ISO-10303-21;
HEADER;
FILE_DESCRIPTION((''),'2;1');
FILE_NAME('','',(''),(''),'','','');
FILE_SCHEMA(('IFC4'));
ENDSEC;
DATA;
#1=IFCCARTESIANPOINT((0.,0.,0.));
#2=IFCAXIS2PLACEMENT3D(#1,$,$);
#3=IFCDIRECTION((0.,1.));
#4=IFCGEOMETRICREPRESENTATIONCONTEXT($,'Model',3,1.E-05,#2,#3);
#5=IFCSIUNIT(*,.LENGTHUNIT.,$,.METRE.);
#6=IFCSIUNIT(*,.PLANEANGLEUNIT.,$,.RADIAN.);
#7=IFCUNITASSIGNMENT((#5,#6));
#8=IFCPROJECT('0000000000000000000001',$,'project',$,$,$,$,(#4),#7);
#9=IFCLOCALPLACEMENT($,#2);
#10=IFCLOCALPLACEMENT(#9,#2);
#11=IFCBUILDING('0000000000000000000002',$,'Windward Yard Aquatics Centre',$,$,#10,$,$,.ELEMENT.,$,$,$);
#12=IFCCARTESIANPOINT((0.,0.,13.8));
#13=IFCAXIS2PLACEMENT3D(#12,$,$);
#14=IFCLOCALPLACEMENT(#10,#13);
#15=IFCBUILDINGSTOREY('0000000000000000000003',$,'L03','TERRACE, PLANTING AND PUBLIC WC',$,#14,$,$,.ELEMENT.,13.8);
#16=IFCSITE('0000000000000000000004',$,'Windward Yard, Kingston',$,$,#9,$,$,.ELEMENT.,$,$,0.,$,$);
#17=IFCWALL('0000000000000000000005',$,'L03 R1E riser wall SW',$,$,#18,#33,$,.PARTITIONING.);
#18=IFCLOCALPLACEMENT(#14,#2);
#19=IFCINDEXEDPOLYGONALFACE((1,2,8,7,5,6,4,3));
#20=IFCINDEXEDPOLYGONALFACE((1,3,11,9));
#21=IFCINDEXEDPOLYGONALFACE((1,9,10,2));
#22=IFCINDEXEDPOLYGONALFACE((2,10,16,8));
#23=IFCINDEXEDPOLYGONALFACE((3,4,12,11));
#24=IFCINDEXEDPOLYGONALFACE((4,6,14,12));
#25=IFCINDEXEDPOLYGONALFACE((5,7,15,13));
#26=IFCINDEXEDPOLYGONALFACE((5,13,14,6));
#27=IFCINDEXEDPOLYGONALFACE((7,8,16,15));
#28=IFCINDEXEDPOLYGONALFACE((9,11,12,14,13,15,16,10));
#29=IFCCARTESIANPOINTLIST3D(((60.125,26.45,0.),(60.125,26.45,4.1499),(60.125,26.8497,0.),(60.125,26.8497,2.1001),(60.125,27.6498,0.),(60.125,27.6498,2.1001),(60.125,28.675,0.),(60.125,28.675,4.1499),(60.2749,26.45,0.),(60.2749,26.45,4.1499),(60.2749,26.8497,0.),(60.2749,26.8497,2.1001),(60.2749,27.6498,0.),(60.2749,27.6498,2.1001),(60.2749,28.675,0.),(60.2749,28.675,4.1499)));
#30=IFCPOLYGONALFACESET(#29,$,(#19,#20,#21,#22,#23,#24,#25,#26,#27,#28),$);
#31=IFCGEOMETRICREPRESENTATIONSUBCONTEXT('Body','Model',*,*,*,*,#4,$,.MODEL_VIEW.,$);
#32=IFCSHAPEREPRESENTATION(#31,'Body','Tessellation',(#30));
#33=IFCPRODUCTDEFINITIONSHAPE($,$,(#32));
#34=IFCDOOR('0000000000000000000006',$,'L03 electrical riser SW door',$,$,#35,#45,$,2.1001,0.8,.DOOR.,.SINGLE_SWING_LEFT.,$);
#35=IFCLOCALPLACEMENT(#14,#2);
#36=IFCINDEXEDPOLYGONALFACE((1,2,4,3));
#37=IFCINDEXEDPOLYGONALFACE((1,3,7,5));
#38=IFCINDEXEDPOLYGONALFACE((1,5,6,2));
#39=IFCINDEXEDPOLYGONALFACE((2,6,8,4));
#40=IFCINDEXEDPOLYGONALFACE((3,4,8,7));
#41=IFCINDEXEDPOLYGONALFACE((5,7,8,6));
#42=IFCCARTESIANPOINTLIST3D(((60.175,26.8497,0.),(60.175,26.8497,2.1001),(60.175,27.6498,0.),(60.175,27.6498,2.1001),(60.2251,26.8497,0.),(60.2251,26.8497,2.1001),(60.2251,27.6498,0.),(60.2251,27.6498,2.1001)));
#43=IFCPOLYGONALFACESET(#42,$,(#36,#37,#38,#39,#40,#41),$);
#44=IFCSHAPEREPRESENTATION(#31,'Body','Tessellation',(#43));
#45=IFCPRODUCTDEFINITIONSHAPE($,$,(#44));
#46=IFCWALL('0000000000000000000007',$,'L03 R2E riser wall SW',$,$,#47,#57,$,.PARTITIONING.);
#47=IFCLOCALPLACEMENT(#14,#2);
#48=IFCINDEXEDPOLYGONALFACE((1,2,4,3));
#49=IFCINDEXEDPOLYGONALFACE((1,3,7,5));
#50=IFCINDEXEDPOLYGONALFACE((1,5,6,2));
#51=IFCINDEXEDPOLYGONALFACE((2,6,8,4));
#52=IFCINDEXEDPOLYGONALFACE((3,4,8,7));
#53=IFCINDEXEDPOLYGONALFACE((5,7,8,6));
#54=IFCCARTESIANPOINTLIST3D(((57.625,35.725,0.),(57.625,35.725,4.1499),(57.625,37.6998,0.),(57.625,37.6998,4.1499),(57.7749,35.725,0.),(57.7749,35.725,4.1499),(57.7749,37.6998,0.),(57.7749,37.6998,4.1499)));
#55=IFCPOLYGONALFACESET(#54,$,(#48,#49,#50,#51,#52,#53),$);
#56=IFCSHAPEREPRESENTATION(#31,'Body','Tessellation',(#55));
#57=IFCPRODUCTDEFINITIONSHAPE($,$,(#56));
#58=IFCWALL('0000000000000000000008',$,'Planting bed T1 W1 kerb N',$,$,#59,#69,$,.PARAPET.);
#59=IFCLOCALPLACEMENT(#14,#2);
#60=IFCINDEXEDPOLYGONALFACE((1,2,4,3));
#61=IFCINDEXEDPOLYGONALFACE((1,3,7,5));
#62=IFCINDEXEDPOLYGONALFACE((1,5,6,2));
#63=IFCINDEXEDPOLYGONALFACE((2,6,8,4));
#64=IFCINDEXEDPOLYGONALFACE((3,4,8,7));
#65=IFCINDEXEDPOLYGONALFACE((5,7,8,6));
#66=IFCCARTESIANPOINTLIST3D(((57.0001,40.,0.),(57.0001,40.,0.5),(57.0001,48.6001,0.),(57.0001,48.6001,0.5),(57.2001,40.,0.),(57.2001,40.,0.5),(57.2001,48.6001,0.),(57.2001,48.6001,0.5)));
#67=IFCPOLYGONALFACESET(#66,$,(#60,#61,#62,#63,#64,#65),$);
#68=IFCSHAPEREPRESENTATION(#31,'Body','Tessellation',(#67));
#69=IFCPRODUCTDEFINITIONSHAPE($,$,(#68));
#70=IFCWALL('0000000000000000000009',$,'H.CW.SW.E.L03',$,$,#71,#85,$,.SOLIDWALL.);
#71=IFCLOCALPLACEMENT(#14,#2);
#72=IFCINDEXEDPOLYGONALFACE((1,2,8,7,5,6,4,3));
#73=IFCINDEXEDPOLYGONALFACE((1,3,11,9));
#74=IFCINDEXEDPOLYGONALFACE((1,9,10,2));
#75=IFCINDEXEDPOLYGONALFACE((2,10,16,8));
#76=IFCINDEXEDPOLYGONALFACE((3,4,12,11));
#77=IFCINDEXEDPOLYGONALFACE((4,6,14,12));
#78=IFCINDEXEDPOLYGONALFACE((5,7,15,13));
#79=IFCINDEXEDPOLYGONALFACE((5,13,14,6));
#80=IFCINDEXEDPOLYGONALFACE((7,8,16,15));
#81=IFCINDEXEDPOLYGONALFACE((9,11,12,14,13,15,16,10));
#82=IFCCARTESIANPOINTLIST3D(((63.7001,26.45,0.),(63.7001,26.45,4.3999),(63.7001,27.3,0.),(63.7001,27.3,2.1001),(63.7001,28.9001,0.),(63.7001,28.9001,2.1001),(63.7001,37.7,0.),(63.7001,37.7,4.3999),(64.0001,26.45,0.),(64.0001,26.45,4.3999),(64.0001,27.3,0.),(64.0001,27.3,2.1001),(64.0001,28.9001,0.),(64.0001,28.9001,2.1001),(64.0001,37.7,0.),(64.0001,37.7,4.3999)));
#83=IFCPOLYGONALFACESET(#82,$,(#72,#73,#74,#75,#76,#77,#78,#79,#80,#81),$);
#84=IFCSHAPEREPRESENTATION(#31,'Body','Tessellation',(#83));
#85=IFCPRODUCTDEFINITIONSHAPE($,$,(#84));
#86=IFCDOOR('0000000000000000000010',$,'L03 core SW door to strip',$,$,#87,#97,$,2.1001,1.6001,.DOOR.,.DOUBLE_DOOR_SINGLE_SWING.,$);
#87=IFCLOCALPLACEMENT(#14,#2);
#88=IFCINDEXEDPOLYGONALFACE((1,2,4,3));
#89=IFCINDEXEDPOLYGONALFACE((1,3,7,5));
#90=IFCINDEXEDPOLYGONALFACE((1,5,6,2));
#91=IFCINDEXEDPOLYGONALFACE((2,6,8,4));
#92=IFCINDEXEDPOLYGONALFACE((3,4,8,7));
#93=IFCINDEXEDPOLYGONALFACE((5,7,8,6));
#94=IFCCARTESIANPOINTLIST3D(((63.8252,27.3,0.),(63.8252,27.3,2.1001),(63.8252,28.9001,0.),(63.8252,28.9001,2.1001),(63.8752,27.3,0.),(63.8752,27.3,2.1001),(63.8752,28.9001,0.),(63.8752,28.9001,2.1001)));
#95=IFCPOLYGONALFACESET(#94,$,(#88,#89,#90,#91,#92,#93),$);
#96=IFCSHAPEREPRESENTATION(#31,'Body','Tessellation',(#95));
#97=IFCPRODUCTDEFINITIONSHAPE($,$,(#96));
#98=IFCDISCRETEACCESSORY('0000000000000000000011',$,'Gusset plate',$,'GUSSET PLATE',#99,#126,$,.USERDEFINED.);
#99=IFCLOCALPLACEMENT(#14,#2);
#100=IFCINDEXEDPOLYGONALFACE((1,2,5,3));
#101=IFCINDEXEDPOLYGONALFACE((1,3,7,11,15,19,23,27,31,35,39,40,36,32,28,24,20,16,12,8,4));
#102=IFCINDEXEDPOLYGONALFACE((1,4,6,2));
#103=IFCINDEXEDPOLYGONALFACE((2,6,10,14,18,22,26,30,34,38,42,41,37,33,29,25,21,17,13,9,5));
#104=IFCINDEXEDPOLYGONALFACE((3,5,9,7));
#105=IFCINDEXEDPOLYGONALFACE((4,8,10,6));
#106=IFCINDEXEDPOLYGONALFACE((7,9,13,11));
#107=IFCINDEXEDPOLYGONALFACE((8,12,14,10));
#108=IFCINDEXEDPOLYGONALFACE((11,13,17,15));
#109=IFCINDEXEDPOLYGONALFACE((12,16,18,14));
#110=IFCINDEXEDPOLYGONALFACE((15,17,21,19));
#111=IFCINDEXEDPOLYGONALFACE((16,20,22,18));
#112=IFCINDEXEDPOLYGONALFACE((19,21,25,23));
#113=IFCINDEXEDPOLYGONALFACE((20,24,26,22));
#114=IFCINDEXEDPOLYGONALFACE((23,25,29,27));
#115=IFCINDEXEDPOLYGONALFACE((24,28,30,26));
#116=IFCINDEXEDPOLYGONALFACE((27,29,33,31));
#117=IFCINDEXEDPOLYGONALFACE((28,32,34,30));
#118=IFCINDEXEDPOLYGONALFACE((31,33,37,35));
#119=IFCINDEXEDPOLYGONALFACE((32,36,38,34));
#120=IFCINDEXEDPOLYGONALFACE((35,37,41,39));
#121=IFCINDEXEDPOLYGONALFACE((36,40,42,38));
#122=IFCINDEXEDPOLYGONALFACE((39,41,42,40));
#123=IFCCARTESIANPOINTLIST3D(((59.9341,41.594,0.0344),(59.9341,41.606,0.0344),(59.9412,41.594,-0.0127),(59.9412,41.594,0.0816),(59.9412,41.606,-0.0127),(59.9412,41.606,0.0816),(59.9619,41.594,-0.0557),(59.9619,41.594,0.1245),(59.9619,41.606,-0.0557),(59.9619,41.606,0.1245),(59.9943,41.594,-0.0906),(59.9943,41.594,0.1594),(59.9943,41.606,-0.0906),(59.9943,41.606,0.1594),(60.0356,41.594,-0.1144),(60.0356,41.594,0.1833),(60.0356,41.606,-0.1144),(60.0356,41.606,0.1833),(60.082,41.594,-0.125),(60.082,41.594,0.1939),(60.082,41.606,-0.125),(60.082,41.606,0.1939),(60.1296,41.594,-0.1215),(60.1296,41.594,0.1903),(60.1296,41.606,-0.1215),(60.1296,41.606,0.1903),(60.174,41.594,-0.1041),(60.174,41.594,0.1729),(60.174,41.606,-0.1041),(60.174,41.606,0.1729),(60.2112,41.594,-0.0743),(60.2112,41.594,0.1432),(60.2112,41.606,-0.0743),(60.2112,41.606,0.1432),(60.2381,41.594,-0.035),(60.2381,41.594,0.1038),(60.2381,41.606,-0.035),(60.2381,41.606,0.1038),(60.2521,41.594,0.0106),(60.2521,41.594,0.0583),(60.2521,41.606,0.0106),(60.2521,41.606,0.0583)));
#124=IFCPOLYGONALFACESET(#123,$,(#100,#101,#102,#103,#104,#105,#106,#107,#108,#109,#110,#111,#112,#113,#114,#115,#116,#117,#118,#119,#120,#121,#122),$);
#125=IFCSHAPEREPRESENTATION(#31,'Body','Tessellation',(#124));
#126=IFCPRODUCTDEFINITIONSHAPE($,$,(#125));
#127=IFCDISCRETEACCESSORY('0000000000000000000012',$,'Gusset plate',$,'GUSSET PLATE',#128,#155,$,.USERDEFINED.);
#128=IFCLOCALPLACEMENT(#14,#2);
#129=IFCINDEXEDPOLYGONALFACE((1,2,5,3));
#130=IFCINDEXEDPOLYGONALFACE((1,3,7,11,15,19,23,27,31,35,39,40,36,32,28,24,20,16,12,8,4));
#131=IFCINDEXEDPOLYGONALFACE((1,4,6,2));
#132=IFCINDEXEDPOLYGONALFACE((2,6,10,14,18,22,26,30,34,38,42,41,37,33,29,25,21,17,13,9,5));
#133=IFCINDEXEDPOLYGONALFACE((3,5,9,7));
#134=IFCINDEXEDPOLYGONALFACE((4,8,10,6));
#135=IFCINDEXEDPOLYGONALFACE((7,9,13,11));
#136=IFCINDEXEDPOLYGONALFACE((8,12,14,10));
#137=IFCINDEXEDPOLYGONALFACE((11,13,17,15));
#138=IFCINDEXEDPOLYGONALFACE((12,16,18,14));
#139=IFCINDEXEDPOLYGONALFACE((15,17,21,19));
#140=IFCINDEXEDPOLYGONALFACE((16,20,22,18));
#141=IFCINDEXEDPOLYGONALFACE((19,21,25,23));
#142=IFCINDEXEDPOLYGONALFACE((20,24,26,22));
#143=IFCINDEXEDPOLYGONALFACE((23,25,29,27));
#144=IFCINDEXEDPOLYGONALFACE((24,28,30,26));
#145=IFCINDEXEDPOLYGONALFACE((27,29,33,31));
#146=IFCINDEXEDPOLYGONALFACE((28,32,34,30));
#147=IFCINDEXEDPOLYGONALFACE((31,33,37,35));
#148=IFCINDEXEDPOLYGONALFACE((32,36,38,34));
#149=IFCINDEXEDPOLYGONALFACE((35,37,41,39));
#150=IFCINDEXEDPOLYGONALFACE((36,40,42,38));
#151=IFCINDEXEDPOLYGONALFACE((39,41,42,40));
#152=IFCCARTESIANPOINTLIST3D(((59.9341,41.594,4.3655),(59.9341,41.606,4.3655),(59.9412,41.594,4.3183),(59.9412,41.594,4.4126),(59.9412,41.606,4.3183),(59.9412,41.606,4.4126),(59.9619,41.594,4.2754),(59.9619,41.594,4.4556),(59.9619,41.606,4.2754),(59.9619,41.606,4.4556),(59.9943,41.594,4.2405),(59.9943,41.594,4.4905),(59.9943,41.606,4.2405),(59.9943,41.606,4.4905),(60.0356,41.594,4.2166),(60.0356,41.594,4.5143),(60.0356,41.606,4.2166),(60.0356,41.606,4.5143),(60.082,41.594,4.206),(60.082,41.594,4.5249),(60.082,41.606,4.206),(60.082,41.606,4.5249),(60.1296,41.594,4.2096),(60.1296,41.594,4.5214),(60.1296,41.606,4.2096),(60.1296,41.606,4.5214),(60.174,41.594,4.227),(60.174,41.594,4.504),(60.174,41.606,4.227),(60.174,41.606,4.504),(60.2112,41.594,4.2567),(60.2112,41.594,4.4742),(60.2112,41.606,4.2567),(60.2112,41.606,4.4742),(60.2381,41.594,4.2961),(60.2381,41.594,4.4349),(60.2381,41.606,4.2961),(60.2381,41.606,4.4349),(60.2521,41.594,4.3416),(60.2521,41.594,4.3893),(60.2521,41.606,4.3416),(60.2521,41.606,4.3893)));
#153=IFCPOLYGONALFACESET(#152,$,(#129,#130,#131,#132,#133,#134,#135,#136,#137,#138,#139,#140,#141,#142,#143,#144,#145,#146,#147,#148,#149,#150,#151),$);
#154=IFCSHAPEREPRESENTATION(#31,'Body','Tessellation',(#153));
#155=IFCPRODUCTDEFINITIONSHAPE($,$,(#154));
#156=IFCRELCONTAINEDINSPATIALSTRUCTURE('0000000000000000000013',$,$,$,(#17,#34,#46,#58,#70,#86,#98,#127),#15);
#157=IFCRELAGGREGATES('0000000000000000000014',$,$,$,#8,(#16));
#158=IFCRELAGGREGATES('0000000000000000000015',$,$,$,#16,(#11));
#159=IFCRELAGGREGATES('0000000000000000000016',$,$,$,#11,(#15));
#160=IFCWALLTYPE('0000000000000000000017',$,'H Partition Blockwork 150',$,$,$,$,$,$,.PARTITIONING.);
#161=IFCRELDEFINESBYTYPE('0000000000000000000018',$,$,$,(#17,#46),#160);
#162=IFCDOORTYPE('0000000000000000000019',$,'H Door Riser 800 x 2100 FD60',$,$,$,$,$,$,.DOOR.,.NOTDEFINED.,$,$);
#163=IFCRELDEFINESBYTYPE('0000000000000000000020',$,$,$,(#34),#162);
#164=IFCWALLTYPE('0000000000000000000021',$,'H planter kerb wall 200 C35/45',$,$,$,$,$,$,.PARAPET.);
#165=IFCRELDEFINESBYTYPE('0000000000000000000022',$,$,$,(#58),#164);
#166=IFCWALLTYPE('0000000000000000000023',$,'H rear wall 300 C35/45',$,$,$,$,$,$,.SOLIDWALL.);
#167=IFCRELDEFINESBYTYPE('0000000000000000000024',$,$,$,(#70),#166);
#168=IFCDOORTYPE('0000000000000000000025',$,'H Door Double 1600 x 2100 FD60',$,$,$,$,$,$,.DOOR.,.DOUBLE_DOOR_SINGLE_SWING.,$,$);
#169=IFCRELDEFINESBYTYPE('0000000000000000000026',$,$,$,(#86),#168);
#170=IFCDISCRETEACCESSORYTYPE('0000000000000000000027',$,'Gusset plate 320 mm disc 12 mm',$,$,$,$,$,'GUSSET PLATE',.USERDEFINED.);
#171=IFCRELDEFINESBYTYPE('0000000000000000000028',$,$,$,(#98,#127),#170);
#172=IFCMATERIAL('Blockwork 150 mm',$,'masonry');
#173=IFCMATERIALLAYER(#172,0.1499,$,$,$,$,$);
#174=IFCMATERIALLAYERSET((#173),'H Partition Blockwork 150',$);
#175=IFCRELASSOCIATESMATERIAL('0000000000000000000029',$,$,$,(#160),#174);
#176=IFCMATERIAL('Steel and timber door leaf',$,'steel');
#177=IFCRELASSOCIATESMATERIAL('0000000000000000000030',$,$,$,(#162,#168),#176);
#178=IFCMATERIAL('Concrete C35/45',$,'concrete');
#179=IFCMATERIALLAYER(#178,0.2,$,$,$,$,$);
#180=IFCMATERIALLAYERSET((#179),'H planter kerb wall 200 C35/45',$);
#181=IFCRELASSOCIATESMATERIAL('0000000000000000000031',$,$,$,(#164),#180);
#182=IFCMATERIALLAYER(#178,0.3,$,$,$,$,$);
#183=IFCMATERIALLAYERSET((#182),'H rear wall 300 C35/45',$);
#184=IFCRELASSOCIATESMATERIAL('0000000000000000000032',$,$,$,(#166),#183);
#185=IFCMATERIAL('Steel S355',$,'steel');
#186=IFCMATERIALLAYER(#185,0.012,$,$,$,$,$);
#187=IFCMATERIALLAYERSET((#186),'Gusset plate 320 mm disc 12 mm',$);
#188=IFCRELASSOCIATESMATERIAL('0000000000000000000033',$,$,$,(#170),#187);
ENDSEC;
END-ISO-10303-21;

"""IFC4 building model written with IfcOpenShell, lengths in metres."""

from ifc_helpers import new_model, si_unit, direction, frame, frame_2d, origin, origin_2d, place, context, subcontext, project, spatial, rectangle, circle, extrude, material, layer, layer_set, type_object, element, fill, save


model = new_model("IFC4")

# Units and contexts
model_context = context("Model", 3, precision=1e-05, world=origin(), true_north=direction((0.0, 1.0)))
body_context = subcontext(model_context, "Body", "Model", "MODEL_VIEW")
ifc_project = project(units=[si_unit("LENGTHUNIT", "METRE"), si_unit("PLANEANGLEUNIT", "RADIAN")], contexts=[model_context])

# Site, building, storey
site_placement = place(None, origin())
site = spatial("IfcSite", under=ifc_project, at=site_placement, Name="Windward Yard, Kingston", CompositionType="ELEMENT", RefElevation=0.0)
building_placement = place(site_placement, origin())
building = spatial("IfcBuilding", under=site, at=building_placement, Name="Windward Yard Aquatics Centre", CompositionType="ELEMENT")
storey_placement = place(building_placement, frame((0.0, 0.0, 13.8)))
storey = spatial("IfcBuildingStorey", under=building, at=storey_placement, Name="L03", Description="TERRACE, PLANTING AND PUBLIC WC", CompositionType="ELEMENT", Elevation=13.8)

# Shared definitions
ifc_material_1 = material(Name="Concrete C35/45", Category="concrete")

# Shared definitions
ifc_material_2 = material(Name="Blockwork 150 mm", Category="masonry")
ifc_layer_1 = layer(ifc_material_2, 0.1499)
ifc_layer_set_1 = layer_set([ifc_layer_1], Name="H Partition Blockwork 150")
wall_type_1 = type_object("IfcWallType", Name="H Partition Blockwork 150", PredefinedType="PARTITIONING", material=ifc_layer_set_1)

# Wall, opening, door
wall_1_placement = place(storey_placement, frame((60.2, 26.45, 0.0), z_axis=(0.0, 0.0, 1.0), x_axis=(0.0, 1.0, 0.0)))
wall_1 = element("IfcWall", 1, at=wall_1_placement, inside=storey, type_object=wall_type_1, Name="L03 R1E riser wall SW", PredefinedType="PARTITIONING", context=body_context, shape_type="SweptSolid", body=[
    extrude(rectangle(XDim=2.2251, YDim=0.1499, at=frame_2d((1.1125, 0.0))), origin(), (0.0, 0.0, 1.0), 4.1499),
])
opening_1_placement = place(wall_1_placement, frame((0.3999, 0.0, 0.0)))
opening_1 = element("IfcOpeningElement", 2, at=opening_1_placement, cuts=wall_1, PredefinedType="OPENING", context=body_context, shape_type="SweptSolid", body=[
    extrude(rectangle(XDim=0.8, YDim=2.1001, at=frame_2d((0.3999, 1.05))), frame((0.0, 0.085, 0.0), z_axis=(0.0, -1.0, 0.0), x_axis=(1.0, 0.0, 0.0)), (0.0, 0.0, 1.0), 0.1699),
])
ifc_material_3 = material(Name="Steel and timber door leaf", Category="steel")
door_type_1 = type_object("IfcDoorType", Name="H Door Riser 800 x 2100 FD60", OperationType="NOTDEFINED", PredefinedType="DOOR", material=ifc_material_3)
door_1_placement = place(opening_1_placement, origin())
door_1 = element("IfcDoor", 3, at=door_1_placement, inside=storey, type_object=door_type_1, Name="L03 electrical riser SW door", OperationType="SINGLE_SWING_LEFT", OverallHeight=2.1001, OverallWidth=0.8, PredefinedType="DOOR", context=body_context, shape_type="SweptSolid", body=[
    extrude(rectangle(XDim=0.8, YDim=2.1001, at=frame_2d((0.3999, 1.05))), frame((0.0, 0.0249, 0.0), z_axis=(0.0, -1.0, 0.0), x_axis=(1.0, 0.0, 0.0)), (0.0, 0.0, 1.0), 0.05),
])
fill(opening_1, door_1)

# Walls
wall_2_placement = place(storey_placement, frame((57.7, 35.7251, 0.0), z_axis=(0.0, 0.0, 1.0), x_axis=(0.0, 1.0, 0.0)))
element("IfcWall", 4, at=wall_2_placement, inside=storey, type_object=wall_type_1, Name="L03 R2E riser wall SW", PredefinedType="PARTITIONING", context=body_context, shape_type="SweptSolid", body=[
    extrude(rectangle(XDim=1.9749, YDim=0.1499, at=frame_2d((0.9873, 0.0))), origin(), (0.0, 0.0, 1.0), 4.1499),
])
ifc_layer_2 = layer(ifc_material_1, 0.2)
ifc_layer_set_2 = layer_set([ifc_layer_2], Name="H planter kerb wall 200 C35/45")
wall_type_2 = type_object("IfcWallType", Name="H planter kerb wall 200 C35/45", PredefinedType="PARAPET", material=ifc_layer_set_2)
wall_3_placement = place(storey_placement, frame((57.1001, 40.0, 0.0), z_axis=(0.0, 0.0, 1.0), x_axis=(0.0, 1.0, 0.0)))
element("IfcWall", 5, at=wall_3_placement, inside=storey, type_object=wall_type_2, Name="Planting bed T1 W1 kerb N", PredefinedType="PARAPET", context=body_context, shape_type="SweptSolid", body=[
    extrude(rectangle(XDim=8.6001, YDim=0.2, at=frame_2d((4.3, 0.0))), origin(), (0.0, 0.0, 1.0), 0.5),
])

# Wall, opening, door
ifc_layer_3 = layer(ifc_material_1, 0.3)
ifc_layer_set_3 = layer_set([ifc_layer_3], Name="H rear wall 300 C35/45")
wall_type_3 = type_object("IfcWallType", Name="H rear wall 300 C35/45", PredefinedType="SOLIDWALL", material=ifc_layer_set_3)
wall_4_placement = place(storey_placement, frame((63.8501, 26.45, 0.0), z_axis=(0.0, 0.0, 1.0), x_axis=(0.0, 1.0, 0.0)))
wall_4 = element("IfcWall", 6, at=wall_4_placement, inside=storey, type_object=wall_type_3, Name="H.CW.SW.E.L03", PredefinedType="SOLIDWALL", context=body_context, shape_type="SweptSolid", body=[
    extrude(rectangle(XDim=11.25, YDim=0.3, at=frame_2d((5.625, 0.0))), origin(), (0.0, 0.0, 1.0), 4.3999),
])
opening_2_placement = place(wall_4_placement, frame((0.8501, 0.0, 0.0)))
opening_2 = element("IfcOpeningElement", 7, at=opening_2_placement, cuts=wall_4, PredefinedType="OPENING", context=body_context, shape_type="SweptSolid", body=[
    extrude(rectangle(XDim=1.6001, YDim=2.1001, at=frame_2d((0.8, 1.05))), frame((0.0, 0.1602, 0.0), z_axis=(0.0, -1.0, 0.0), x_axis=(1.0, 0.0, 0.0)), (0.0, 0.0, 1.0), 0.3201),
])
door_type_2 = type_object("IfcDoorType", Name="H Door Double 1600 x 2100 FD60", OperationType="DOUBLE_DOOR_SINGLE_SWING", PredefinedType="DOOR", material=ifc_material_3)
door_2_placement = place(opening_2_placement, origin())
door_2 = element("IfcDoor", 8, at=door_2_placement, inside=storey, type_object=door_type_2, Name="L03 core SW door to strip", OperationType="DOUBLE_DOOR_SINGLE_SWING", OverallHeight=2.1001, OverallWidth=1.6001, PredefinedType="DOOR", context=body_context, shape_type="SweptSolid", body=[
    extrude(rectangle(XDim=1.6001, YDim=2.1001, at=frame_2d((0.8, 1.05))), frame((0.0, 0.0249, 0.0), z_axis=(0.0, -1.0, 0.0), x_axis=(1.0, 0.0, 0.0)), (0.0, 0.0, 1.0), 0.05),
])
fill(opening_2, door_2)

# Discrete accessories
ifc_material_4 = material(Name="Steel S355", Category="steel")
ifc_layer_4 = layer(ifc_material_4, 0.012)
ifc_layer_set_4 = layer_set([ifc_layer_4], Name="Gusset plate 320 mm disc 12 mm")
discrete_accessory_type = type_object("IfcDiscreteAccessoryType", Name="Gusset plate 320 mm disc 12 mm", ElementType="GUSSET PLATE", PredefinedType="USERDEFINED", material=ifc_layer_set_4)
for number, where, z_axis, x_axis, name in (
    (9, (60.094, 41.594, 0.0344), (0.0, 1.0, 0.0), (-1.0, 0.0, 0.0), "Gusset plate"),
    (10, (60.094, 41.594, 4.3655), (0.0, 1.0, 0.0), (-1.0, 0.0, 0.0), "Gusset plate"),
):
    element("IfcDiscreteAccessory", number, at=place(storey_placement, frame(where, z_axis=z_axis, x_axis=x_axis)), inside=storey, type_object=discrete_accessory_type, Name=name, ObjectType="GUSSET PLATE", PredefinedType="USERDEFINED", context=body_context, shape_type="SweptSolid", body=[
        extrude(circle(Radius=0.1599, at=origin_2d()), origin(), (0.0, 0.0, 1.0), 0.012),
    ])

save(model, "model.ifc")
